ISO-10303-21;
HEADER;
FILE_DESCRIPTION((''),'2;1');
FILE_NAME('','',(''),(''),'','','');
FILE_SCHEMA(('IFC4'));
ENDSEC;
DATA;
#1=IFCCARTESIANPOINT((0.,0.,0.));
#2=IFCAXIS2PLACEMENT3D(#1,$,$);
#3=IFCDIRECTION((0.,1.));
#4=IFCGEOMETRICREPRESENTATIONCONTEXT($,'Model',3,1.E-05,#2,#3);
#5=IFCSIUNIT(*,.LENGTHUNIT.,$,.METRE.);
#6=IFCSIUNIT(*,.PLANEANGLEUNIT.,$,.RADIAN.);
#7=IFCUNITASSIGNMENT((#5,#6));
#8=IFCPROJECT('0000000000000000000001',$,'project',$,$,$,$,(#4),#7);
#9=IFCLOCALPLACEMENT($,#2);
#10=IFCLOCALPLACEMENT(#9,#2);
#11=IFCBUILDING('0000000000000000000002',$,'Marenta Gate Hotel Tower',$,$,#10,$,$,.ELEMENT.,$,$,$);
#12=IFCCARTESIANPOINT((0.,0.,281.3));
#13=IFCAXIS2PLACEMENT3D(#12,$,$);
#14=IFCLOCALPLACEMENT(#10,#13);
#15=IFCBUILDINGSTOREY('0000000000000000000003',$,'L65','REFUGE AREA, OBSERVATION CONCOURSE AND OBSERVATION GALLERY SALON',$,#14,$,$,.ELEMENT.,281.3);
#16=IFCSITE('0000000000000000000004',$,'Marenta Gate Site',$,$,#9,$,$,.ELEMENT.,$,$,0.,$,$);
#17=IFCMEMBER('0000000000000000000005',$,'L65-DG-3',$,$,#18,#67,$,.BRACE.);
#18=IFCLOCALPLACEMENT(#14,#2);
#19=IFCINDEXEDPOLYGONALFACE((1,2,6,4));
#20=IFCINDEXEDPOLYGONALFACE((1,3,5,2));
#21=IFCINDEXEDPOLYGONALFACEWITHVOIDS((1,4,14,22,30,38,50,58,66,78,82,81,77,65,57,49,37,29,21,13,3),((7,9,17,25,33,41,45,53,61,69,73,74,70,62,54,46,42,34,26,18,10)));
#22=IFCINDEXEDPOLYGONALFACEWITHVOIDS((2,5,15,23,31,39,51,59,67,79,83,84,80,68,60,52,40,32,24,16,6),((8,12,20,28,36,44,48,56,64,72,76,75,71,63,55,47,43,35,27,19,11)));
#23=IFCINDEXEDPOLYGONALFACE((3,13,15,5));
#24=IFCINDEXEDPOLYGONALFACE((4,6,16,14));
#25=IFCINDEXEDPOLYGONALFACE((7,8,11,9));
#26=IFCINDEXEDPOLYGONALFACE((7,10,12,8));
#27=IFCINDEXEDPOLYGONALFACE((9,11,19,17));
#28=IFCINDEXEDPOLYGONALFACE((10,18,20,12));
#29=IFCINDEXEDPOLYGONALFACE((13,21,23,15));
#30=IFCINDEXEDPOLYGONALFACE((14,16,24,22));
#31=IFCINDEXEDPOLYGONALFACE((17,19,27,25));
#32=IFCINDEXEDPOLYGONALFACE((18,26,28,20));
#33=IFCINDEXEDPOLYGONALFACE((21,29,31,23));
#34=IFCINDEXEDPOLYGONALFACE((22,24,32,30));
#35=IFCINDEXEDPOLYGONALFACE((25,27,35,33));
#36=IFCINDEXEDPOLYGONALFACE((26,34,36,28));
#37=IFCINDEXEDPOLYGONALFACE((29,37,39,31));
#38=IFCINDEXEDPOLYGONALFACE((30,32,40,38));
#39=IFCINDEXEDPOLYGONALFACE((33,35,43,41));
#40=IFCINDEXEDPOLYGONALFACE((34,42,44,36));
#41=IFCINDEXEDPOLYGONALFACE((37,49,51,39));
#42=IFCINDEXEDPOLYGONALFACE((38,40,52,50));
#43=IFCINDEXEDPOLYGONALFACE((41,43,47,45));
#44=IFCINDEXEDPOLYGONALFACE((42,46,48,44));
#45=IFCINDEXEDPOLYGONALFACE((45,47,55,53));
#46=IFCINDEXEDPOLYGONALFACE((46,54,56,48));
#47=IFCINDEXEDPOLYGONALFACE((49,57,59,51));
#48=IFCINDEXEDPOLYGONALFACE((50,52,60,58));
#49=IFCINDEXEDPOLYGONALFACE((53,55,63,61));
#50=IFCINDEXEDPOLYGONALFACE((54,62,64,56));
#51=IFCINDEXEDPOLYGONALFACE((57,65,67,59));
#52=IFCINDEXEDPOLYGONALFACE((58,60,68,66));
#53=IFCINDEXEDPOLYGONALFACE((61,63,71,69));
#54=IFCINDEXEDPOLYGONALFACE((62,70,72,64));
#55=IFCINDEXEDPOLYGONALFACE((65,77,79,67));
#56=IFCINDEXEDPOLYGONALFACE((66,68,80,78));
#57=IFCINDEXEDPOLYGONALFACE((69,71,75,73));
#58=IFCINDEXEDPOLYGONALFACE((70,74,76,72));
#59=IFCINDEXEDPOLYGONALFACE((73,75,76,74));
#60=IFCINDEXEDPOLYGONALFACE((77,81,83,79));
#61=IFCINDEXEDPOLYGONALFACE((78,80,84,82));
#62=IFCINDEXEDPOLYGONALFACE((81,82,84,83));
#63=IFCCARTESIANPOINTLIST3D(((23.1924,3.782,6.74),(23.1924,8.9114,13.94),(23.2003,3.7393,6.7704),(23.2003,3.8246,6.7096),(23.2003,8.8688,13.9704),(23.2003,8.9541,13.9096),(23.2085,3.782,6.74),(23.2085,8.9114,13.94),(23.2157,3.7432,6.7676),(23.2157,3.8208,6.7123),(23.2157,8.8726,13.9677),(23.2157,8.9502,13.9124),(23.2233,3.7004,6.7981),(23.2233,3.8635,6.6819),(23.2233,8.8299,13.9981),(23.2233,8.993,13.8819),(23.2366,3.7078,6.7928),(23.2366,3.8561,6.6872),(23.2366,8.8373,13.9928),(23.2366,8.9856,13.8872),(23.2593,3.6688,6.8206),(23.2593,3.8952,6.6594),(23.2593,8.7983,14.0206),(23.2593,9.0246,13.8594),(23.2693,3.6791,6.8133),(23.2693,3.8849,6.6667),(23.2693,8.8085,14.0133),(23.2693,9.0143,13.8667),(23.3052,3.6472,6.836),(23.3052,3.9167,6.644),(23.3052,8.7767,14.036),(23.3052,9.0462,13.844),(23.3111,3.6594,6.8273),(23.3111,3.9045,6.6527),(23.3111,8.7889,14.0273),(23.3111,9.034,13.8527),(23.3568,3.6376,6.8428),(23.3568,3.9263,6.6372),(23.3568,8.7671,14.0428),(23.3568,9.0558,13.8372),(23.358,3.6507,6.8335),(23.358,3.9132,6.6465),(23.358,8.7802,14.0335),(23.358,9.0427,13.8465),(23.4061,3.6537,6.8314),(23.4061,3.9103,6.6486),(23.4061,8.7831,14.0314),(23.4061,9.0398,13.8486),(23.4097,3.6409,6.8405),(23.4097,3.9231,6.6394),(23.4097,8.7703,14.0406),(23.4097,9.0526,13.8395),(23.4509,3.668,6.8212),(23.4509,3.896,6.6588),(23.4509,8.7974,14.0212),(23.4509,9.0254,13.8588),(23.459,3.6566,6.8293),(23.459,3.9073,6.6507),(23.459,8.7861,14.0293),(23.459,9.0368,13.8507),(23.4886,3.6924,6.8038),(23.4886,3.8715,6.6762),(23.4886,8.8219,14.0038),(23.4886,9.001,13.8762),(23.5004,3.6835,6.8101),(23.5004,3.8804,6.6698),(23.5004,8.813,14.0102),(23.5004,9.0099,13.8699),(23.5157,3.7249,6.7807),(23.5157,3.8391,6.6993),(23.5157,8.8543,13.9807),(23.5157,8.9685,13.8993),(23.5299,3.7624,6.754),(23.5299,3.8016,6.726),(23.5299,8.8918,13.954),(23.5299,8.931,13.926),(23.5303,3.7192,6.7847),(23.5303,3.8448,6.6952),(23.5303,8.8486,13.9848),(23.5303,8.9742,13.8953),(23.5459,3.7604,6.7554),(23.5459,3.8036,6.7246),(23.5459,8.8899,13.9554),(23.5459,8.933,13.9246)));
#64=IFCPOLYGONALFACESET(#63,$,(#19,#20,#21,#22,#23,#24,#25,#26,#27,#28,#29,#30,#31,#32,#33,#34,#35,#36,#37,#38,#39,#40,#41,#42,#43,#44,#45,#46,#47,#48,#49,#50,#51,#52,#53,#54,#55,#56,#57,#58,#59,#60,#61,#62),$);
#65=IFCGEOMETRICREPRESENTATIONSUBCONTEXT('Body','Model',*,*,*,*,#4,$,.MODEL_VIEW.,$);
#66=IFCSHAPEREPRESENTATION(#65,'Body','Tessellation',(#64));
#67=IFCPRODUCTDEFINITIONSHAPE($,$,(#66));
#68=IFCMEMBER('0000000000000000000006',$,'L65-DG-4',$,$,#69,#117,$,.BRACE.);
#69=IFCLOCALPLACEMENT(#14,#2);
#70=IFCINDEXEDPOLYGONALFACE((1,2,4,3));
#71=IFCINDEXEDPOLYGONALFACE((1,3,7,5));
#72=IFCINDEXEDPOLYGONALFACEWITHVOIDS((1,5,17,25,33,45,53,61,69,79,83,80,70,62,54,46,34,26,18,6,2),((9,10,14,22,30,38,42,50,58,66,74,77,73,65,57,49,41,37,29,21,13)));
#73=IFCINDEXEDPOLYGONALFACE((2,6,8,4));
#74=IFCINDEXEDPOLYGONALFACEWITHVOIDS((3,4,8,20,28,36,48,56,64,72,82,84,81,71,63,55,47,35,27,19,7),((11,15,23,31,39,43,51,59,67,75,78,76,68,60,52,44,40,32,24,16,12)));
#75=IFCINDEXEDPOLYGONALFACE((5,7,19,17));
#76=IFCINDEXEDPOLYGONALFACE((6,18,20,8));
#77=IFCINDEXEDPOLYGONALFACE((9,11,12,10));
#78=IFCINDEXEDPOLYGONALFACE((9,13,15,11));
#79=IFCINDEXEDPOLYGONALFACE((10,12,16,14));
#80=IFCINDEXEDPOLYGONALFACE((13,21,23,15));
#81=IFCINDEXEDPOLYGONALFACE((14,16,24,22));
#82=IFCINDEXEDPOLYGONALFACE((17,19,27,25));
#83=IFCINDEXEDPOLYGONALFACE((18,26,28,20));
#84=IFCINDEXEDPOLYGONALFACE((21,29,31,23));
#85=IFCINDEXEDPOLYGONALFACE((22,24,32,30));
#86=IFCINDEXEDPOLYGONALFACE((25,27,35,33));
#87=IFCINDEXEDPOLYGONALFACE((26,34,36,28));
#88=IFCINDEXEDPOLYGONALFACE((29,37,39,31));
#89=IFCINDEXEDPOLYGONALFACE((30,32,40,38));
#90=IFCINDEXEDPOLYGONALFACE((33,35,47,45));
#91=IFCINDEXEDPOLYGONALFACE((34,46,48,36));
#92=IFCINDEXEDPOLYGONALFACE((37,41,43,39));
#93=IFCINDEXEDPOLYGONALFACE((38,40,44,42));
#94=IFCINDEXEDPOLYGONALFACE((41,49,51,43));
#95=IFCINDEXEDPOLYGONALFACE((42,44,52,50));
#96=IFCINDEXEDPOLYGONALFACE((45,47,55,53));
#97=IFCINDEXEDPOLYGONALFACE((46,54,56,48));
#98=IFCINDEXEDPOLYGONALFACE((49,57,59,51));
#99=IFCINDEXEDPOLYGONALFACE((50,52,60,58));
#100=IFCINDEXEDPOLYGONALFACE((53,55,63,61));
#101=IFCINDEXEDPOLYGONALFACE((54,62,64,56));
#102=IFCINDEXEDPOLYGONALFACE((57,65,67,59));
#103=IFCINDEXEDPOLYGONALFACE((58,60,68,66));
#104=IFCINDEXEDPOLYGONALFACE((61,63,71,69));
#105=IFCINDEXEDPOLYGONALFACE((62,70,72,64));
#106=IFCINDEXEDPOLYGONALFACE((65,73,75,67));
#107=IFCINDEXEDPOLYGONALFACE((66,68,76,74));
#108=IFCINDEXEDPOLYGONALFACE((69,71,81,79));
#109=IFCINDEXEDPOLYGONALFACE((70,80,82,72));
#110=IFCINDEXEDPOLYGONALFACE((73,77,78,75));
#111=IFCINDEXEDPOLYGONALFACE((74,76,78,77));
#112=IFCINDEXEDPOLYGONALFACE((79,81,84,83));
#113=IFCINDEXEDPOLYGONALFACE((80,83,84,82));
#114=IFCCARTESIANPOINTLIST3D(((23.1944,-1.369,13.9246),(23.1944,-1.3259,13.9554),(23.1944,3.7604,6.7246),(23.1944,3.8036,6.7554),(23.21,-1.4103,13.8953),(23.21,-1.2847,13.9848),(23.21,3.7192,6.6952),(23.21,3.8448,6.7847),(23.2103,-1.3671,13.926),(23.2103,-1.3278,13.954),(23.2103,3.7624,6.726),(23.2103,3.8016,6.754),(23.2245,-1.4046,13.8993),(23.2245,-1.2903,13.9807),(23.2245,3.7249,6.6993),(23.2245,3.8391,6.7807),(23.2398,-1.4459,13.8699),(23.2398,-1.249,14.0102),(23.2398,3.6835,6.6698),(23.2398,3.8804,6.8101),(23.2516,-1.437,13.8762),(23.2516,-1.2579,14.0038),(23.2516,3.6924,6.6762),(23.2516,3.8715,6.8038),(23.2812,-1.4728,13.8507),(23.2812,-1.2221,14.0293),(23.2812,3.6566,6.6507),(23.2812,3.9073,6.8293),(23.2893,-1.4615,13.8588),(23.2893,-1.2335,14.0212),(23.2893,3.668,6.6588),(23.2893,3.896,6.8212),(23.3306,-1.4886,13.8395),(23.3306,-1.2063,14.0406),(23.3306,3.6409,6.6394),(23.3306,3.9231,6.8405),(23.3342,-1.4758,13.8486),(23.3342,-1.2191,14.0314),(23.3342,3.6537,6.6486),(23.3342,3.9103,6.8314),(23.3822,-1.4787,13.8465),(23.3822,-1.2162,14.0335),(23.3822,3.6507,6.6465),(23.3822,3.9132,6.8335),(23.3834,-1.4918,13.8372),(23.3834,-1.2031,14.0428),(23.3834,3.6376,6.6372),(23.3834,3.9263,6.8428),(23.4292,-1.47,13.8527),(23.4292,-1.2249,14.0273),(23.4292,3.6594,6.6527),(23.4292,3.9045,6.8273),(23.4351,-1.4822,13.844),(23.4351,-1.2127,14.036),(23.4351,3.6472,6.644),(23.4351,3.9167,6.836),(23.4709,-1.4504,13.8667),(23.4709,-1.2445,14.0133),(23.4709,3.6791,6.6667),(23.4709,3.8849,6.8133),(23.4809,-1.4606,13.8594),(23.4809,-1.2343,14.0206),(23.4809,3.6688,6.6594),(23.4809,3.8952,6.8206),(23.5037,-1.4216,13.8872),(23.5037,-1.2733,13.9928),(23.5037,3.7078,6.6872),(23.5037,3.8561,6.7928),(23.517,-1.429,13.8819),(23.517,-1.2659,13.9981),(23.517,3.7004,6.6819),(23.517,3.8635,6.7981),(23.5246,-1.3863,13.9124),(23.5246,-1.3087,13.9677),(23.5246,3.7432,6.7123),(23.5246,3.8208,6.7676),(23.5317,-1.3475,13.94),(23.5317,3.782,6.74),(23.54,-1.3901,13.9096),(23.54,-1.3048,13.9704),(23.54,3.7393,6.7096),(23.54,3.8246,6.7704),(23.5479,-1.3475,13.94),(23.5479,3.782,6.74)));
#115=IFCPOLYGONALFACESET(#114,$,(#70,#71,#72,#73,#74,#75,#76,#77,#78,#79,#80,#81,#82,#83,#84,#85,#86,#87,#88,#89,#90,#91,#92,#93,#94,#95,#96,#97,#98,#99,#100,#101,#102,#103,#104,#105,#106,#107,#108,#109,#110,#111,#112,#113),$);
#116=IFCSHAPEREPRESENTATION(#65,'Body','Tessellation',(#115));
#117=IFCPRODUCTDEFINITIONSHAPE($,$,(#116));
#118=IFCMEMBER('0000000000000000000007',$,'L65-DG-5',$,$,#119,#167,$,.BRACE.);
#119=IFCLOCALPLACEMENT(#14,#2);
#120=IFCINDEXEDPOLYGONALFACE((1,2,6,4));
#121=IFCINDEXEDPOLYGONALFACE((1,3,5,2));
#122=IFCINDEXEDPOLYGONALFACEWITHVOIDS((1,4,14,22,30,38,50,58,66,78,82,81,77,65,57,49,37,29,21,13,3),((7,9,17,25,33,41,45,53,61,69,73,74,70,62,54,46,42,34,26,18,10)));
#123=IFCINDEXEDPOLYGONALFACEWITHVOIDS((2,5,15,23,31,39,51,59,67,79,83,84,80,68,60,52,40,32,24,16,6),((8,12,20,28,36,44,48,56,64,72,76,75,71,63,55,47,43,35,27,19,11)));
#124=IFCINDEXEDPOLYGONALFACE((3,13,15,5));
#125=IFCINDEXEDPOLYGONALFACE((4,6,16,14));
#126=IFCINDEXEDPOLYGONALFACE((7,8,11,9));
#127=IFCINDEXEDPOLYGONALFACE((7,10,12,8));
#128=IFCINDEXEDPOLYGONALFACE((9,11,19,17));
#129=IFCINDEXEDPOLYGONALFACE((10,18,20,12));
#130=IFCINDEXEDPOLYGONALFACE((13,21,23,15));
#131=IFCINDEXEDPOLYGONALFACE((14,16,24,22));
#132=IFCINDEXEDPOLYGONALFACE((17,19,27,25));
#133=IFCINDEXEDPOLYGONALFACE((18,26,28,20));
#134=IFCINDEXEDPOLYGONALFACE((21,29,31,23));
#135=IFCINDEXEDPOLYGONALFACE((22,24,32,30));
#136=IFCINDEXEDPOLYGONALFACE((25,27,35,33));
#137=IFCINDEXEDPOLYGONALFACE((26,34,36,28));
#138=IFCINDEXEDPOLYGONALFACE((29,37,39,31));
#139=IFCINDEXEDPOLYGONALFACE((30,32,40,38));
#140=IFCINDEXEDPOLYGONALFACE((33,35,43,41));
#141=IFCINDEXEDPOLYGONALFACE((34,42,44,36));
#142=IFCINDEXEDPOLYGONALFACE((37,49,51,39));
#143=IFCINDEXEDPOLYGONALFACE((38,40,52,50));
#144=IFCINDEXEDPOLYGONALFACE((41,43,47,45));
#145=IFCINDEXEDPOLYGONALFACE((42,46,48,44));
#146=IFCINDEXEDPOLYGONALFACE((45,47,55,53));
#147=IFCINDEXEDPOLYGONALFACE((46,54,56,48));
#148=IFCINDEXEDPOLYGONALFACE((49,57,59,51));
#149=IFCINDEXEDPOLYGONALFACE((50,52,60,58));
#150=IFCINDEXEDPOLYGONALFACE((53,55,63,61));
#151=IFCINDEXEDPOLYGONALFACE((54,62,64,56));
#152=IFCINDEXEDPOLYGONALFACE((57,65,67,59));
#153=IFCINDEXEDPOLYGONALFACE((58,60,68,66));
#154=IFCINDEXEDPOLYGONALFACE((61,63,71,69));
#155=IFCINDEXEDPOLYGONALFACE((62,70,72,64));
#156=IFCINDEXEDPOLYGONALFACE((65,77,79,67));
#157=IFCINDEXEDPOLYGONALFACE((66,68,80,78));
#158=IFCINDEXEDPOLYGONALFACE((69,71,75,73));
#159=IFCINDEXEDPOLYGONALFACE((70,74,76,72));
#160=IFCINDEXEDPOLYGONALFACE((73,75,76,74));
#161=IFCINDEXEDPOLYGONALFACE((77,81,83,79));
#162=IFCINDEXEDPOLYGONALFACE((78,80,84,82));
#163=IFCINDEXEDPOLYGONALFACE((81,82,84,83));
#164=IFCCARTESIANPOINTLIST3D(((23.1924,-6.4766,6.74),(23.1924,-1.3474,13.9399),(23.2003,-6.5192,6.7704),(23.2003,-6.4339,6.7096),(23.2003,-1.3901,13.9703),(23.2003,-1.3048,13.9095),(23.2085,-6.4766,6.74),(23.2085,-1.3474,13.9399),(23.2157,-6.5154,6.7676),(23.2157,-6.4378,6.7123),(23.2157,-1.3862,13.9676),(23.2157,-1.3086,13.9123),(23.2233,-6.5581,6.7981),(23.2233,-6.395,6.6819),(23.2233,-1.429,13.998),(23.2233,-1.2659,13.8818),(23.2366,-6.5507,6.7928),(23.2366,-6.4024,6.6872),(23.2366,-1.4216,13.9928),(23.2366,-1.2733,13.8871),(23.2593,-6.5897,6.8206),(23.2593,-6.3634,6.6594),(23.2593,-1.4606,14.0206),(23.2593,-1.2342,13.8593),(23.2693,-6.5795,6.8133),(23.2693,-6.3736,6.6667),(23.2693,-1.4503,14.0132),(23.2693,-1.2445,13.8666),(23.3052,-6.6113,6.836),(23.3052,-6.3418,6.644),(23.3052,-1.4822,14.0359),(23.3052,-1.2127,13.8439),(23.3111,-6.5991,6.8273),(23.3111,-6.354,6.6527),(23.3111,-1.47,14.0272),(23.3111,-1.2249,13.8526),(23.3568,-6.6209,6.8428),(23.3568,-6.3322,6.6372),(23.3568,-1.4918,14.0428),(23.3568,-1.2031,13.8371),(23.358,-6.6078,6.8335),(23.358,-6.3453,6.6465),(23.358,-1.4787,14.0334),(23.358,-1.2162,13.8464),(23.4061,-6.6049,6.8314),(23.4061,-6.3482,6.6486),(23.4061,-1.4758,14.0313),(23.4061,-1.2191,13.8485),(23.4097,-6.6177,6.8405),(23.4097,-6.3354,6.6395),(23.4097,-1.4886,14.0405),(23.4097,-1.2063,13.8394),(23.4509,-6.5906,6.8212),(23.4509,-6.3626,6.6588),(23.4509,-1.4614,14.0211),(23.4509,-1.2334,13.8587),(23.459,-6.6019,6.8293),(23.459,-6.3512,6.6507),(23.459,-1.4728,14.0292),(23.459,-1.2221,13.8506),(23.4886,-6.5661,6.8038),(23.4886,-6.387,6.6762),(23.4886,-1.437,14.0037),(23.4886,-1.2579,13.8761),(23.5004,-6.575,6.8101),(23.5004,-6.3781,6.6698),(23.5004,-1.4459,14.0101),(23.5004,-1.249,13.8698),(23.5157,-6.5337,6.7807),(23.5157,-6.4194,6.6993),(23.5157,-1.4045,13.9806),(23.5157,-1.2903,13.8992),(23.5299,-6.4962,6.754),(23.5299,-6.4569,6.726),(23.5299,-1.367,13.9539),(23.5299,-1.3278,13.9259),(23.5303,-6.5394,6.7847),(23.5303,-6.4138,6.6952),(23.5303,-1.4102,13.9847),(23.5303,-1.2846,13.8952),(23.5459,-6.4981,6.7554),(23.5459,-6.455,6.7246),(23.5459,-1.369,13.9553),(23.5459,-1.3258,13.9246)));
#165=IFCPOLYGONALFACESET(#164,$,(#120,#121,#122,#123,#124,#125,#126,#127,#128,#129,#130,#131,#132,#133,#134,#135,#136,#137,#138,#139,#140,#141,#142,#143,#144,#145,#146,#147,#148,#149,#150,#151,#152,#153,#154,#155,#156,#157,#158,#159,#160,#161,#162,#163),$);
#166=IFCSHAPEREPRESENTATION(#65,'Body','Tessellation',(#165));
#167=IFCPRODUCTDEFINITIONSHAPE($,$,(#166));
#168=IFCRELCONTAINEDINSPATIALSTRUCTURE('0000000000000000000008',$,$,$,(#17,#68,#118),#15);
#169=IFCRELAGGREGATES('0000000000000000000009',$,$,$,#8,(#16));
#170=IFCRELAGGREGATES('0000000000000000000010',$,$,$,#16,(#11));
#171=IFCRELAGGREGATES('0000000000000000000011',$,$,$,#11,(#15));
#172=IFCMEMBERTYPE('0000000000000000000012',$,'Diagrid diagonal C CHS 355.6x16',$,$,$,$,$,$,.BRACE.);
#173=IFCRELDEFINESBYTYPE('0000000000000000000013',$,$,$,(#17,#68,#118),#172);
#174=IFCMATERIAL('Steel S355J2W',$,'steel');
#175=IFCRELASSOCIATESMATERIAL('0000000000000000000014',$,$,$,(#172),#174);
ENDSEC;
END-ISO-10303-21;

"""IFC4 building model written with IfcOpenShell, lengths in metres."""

from ifc_helpers import new_model, si_unit, direction, frame, origin, origin_2d, place, context, subcontext, project, spatial, hollow_circle, extrude, material, material_profile, profile_set, type_object, element, save


model = new_model("IFC4")

# Units and contexts
model_context = context("Model", 3, precision=1e-05, world=origin(), true_north=direction((0.0, 1.0)))
body_context = subcontext(model_context, "Body", "Model", "MODEL_VIEW")
ifc_project = project(units=[si_unit("LENGTHUNIT", "METRE"), si_unit("PLANEANGLEUNIT", "RADIAN")], contexts=[model_context])

# Site, building, storey
site_placement = place(None, origin())
site = spatial("IfcSite", under=ifc_project, at=site_placement, Name="Marenta Gate Site", CompositionType="ELEMENT", RefElevation=0.0)
building_placement = place(site_placement, origin())
building = spatial("IfcBuilding", under=site, at=building_placement, Name="Marenta Gate Hotel Tower", CompositionType="ELEMENT")
storey_placement = place(building_placement, frame((0.0, 0.0, 281.3)))
storey = spatial("IfcBuildingStorey", under=building, at=storey_placement, Name="L65", Description="REFUGE AREA, OBSERVATION CONCOURSE AND OBSERVATION GALLERY SALON", CompositionType="ELEMENT", Elevation=281.3)

# Members
ifc_material_1 = material(Name="Steel S355J2W", Category="steel")
ifc_material_profile_1 = material_profile(ifc_material_1, hollow_circle(Radius=0.1777, WallThickness=0.0161, at=origin_2d()), Name="CHS 355.6x16")
ifc_profile_set_1 = profile_set([ifc_material_profile_1], Name="Steel S355J2W")
member_type_1 = type_object("IfcMemberType", Name="Diagrid diagonal C CHS 355.6x16", PredefinedType="BRACE", material=ifc_profile_set_1)
for number, where, z_axis, x_axis, name in (
    (1, (23.3701, 3.782, 6.74), (0.0, 0.580232, 0.814451), (-1.0, 0.0, 0.0), "L65-DG-3"),
    (2, (23.3701, 3.782, 6.74), (0.0, -0.580232, 0.814451), (1.0, 0.0, 0.0), "L65-DG-4"),
):
    element("IfcMember", number, at=place(storey_placement, frame(where, z_axis=z_axis, x_axis=x_axis)), inside=storey, type_object=member_type_1, Name=name, PredefinedType="BRACE", context=body_context, shape_type="SweptSolid", body=[
        extrude(hollow_circle(Radius=0.1777, WallThickness=0.0161, at=origin_2d()), origin(), (0.0, 0.0, 1.0), 8.8403),
    ])
member_1_placement = place(storey_placement, frame((23.3701, -6.4766, 6.74), z_axis=(0.0, 0.580214, 0.814464), x_axis=(-1.0, 0.0, 0.0)))
element("IfcMember", 3, at=member_1_placement, inside=storey, type_object=member_type_1, Name="L65-DG-5", PredefinedType="BRACE", context=body_context, shape_type="SweptSolid", body=[
    extrude(hollow_circle(Radius=0.1777, WallThickness=0.0161, at=origin_2d()), origin(), (0.0, 0.0, 1.0), 8.8401),
])

save(model, "model.ifc")
